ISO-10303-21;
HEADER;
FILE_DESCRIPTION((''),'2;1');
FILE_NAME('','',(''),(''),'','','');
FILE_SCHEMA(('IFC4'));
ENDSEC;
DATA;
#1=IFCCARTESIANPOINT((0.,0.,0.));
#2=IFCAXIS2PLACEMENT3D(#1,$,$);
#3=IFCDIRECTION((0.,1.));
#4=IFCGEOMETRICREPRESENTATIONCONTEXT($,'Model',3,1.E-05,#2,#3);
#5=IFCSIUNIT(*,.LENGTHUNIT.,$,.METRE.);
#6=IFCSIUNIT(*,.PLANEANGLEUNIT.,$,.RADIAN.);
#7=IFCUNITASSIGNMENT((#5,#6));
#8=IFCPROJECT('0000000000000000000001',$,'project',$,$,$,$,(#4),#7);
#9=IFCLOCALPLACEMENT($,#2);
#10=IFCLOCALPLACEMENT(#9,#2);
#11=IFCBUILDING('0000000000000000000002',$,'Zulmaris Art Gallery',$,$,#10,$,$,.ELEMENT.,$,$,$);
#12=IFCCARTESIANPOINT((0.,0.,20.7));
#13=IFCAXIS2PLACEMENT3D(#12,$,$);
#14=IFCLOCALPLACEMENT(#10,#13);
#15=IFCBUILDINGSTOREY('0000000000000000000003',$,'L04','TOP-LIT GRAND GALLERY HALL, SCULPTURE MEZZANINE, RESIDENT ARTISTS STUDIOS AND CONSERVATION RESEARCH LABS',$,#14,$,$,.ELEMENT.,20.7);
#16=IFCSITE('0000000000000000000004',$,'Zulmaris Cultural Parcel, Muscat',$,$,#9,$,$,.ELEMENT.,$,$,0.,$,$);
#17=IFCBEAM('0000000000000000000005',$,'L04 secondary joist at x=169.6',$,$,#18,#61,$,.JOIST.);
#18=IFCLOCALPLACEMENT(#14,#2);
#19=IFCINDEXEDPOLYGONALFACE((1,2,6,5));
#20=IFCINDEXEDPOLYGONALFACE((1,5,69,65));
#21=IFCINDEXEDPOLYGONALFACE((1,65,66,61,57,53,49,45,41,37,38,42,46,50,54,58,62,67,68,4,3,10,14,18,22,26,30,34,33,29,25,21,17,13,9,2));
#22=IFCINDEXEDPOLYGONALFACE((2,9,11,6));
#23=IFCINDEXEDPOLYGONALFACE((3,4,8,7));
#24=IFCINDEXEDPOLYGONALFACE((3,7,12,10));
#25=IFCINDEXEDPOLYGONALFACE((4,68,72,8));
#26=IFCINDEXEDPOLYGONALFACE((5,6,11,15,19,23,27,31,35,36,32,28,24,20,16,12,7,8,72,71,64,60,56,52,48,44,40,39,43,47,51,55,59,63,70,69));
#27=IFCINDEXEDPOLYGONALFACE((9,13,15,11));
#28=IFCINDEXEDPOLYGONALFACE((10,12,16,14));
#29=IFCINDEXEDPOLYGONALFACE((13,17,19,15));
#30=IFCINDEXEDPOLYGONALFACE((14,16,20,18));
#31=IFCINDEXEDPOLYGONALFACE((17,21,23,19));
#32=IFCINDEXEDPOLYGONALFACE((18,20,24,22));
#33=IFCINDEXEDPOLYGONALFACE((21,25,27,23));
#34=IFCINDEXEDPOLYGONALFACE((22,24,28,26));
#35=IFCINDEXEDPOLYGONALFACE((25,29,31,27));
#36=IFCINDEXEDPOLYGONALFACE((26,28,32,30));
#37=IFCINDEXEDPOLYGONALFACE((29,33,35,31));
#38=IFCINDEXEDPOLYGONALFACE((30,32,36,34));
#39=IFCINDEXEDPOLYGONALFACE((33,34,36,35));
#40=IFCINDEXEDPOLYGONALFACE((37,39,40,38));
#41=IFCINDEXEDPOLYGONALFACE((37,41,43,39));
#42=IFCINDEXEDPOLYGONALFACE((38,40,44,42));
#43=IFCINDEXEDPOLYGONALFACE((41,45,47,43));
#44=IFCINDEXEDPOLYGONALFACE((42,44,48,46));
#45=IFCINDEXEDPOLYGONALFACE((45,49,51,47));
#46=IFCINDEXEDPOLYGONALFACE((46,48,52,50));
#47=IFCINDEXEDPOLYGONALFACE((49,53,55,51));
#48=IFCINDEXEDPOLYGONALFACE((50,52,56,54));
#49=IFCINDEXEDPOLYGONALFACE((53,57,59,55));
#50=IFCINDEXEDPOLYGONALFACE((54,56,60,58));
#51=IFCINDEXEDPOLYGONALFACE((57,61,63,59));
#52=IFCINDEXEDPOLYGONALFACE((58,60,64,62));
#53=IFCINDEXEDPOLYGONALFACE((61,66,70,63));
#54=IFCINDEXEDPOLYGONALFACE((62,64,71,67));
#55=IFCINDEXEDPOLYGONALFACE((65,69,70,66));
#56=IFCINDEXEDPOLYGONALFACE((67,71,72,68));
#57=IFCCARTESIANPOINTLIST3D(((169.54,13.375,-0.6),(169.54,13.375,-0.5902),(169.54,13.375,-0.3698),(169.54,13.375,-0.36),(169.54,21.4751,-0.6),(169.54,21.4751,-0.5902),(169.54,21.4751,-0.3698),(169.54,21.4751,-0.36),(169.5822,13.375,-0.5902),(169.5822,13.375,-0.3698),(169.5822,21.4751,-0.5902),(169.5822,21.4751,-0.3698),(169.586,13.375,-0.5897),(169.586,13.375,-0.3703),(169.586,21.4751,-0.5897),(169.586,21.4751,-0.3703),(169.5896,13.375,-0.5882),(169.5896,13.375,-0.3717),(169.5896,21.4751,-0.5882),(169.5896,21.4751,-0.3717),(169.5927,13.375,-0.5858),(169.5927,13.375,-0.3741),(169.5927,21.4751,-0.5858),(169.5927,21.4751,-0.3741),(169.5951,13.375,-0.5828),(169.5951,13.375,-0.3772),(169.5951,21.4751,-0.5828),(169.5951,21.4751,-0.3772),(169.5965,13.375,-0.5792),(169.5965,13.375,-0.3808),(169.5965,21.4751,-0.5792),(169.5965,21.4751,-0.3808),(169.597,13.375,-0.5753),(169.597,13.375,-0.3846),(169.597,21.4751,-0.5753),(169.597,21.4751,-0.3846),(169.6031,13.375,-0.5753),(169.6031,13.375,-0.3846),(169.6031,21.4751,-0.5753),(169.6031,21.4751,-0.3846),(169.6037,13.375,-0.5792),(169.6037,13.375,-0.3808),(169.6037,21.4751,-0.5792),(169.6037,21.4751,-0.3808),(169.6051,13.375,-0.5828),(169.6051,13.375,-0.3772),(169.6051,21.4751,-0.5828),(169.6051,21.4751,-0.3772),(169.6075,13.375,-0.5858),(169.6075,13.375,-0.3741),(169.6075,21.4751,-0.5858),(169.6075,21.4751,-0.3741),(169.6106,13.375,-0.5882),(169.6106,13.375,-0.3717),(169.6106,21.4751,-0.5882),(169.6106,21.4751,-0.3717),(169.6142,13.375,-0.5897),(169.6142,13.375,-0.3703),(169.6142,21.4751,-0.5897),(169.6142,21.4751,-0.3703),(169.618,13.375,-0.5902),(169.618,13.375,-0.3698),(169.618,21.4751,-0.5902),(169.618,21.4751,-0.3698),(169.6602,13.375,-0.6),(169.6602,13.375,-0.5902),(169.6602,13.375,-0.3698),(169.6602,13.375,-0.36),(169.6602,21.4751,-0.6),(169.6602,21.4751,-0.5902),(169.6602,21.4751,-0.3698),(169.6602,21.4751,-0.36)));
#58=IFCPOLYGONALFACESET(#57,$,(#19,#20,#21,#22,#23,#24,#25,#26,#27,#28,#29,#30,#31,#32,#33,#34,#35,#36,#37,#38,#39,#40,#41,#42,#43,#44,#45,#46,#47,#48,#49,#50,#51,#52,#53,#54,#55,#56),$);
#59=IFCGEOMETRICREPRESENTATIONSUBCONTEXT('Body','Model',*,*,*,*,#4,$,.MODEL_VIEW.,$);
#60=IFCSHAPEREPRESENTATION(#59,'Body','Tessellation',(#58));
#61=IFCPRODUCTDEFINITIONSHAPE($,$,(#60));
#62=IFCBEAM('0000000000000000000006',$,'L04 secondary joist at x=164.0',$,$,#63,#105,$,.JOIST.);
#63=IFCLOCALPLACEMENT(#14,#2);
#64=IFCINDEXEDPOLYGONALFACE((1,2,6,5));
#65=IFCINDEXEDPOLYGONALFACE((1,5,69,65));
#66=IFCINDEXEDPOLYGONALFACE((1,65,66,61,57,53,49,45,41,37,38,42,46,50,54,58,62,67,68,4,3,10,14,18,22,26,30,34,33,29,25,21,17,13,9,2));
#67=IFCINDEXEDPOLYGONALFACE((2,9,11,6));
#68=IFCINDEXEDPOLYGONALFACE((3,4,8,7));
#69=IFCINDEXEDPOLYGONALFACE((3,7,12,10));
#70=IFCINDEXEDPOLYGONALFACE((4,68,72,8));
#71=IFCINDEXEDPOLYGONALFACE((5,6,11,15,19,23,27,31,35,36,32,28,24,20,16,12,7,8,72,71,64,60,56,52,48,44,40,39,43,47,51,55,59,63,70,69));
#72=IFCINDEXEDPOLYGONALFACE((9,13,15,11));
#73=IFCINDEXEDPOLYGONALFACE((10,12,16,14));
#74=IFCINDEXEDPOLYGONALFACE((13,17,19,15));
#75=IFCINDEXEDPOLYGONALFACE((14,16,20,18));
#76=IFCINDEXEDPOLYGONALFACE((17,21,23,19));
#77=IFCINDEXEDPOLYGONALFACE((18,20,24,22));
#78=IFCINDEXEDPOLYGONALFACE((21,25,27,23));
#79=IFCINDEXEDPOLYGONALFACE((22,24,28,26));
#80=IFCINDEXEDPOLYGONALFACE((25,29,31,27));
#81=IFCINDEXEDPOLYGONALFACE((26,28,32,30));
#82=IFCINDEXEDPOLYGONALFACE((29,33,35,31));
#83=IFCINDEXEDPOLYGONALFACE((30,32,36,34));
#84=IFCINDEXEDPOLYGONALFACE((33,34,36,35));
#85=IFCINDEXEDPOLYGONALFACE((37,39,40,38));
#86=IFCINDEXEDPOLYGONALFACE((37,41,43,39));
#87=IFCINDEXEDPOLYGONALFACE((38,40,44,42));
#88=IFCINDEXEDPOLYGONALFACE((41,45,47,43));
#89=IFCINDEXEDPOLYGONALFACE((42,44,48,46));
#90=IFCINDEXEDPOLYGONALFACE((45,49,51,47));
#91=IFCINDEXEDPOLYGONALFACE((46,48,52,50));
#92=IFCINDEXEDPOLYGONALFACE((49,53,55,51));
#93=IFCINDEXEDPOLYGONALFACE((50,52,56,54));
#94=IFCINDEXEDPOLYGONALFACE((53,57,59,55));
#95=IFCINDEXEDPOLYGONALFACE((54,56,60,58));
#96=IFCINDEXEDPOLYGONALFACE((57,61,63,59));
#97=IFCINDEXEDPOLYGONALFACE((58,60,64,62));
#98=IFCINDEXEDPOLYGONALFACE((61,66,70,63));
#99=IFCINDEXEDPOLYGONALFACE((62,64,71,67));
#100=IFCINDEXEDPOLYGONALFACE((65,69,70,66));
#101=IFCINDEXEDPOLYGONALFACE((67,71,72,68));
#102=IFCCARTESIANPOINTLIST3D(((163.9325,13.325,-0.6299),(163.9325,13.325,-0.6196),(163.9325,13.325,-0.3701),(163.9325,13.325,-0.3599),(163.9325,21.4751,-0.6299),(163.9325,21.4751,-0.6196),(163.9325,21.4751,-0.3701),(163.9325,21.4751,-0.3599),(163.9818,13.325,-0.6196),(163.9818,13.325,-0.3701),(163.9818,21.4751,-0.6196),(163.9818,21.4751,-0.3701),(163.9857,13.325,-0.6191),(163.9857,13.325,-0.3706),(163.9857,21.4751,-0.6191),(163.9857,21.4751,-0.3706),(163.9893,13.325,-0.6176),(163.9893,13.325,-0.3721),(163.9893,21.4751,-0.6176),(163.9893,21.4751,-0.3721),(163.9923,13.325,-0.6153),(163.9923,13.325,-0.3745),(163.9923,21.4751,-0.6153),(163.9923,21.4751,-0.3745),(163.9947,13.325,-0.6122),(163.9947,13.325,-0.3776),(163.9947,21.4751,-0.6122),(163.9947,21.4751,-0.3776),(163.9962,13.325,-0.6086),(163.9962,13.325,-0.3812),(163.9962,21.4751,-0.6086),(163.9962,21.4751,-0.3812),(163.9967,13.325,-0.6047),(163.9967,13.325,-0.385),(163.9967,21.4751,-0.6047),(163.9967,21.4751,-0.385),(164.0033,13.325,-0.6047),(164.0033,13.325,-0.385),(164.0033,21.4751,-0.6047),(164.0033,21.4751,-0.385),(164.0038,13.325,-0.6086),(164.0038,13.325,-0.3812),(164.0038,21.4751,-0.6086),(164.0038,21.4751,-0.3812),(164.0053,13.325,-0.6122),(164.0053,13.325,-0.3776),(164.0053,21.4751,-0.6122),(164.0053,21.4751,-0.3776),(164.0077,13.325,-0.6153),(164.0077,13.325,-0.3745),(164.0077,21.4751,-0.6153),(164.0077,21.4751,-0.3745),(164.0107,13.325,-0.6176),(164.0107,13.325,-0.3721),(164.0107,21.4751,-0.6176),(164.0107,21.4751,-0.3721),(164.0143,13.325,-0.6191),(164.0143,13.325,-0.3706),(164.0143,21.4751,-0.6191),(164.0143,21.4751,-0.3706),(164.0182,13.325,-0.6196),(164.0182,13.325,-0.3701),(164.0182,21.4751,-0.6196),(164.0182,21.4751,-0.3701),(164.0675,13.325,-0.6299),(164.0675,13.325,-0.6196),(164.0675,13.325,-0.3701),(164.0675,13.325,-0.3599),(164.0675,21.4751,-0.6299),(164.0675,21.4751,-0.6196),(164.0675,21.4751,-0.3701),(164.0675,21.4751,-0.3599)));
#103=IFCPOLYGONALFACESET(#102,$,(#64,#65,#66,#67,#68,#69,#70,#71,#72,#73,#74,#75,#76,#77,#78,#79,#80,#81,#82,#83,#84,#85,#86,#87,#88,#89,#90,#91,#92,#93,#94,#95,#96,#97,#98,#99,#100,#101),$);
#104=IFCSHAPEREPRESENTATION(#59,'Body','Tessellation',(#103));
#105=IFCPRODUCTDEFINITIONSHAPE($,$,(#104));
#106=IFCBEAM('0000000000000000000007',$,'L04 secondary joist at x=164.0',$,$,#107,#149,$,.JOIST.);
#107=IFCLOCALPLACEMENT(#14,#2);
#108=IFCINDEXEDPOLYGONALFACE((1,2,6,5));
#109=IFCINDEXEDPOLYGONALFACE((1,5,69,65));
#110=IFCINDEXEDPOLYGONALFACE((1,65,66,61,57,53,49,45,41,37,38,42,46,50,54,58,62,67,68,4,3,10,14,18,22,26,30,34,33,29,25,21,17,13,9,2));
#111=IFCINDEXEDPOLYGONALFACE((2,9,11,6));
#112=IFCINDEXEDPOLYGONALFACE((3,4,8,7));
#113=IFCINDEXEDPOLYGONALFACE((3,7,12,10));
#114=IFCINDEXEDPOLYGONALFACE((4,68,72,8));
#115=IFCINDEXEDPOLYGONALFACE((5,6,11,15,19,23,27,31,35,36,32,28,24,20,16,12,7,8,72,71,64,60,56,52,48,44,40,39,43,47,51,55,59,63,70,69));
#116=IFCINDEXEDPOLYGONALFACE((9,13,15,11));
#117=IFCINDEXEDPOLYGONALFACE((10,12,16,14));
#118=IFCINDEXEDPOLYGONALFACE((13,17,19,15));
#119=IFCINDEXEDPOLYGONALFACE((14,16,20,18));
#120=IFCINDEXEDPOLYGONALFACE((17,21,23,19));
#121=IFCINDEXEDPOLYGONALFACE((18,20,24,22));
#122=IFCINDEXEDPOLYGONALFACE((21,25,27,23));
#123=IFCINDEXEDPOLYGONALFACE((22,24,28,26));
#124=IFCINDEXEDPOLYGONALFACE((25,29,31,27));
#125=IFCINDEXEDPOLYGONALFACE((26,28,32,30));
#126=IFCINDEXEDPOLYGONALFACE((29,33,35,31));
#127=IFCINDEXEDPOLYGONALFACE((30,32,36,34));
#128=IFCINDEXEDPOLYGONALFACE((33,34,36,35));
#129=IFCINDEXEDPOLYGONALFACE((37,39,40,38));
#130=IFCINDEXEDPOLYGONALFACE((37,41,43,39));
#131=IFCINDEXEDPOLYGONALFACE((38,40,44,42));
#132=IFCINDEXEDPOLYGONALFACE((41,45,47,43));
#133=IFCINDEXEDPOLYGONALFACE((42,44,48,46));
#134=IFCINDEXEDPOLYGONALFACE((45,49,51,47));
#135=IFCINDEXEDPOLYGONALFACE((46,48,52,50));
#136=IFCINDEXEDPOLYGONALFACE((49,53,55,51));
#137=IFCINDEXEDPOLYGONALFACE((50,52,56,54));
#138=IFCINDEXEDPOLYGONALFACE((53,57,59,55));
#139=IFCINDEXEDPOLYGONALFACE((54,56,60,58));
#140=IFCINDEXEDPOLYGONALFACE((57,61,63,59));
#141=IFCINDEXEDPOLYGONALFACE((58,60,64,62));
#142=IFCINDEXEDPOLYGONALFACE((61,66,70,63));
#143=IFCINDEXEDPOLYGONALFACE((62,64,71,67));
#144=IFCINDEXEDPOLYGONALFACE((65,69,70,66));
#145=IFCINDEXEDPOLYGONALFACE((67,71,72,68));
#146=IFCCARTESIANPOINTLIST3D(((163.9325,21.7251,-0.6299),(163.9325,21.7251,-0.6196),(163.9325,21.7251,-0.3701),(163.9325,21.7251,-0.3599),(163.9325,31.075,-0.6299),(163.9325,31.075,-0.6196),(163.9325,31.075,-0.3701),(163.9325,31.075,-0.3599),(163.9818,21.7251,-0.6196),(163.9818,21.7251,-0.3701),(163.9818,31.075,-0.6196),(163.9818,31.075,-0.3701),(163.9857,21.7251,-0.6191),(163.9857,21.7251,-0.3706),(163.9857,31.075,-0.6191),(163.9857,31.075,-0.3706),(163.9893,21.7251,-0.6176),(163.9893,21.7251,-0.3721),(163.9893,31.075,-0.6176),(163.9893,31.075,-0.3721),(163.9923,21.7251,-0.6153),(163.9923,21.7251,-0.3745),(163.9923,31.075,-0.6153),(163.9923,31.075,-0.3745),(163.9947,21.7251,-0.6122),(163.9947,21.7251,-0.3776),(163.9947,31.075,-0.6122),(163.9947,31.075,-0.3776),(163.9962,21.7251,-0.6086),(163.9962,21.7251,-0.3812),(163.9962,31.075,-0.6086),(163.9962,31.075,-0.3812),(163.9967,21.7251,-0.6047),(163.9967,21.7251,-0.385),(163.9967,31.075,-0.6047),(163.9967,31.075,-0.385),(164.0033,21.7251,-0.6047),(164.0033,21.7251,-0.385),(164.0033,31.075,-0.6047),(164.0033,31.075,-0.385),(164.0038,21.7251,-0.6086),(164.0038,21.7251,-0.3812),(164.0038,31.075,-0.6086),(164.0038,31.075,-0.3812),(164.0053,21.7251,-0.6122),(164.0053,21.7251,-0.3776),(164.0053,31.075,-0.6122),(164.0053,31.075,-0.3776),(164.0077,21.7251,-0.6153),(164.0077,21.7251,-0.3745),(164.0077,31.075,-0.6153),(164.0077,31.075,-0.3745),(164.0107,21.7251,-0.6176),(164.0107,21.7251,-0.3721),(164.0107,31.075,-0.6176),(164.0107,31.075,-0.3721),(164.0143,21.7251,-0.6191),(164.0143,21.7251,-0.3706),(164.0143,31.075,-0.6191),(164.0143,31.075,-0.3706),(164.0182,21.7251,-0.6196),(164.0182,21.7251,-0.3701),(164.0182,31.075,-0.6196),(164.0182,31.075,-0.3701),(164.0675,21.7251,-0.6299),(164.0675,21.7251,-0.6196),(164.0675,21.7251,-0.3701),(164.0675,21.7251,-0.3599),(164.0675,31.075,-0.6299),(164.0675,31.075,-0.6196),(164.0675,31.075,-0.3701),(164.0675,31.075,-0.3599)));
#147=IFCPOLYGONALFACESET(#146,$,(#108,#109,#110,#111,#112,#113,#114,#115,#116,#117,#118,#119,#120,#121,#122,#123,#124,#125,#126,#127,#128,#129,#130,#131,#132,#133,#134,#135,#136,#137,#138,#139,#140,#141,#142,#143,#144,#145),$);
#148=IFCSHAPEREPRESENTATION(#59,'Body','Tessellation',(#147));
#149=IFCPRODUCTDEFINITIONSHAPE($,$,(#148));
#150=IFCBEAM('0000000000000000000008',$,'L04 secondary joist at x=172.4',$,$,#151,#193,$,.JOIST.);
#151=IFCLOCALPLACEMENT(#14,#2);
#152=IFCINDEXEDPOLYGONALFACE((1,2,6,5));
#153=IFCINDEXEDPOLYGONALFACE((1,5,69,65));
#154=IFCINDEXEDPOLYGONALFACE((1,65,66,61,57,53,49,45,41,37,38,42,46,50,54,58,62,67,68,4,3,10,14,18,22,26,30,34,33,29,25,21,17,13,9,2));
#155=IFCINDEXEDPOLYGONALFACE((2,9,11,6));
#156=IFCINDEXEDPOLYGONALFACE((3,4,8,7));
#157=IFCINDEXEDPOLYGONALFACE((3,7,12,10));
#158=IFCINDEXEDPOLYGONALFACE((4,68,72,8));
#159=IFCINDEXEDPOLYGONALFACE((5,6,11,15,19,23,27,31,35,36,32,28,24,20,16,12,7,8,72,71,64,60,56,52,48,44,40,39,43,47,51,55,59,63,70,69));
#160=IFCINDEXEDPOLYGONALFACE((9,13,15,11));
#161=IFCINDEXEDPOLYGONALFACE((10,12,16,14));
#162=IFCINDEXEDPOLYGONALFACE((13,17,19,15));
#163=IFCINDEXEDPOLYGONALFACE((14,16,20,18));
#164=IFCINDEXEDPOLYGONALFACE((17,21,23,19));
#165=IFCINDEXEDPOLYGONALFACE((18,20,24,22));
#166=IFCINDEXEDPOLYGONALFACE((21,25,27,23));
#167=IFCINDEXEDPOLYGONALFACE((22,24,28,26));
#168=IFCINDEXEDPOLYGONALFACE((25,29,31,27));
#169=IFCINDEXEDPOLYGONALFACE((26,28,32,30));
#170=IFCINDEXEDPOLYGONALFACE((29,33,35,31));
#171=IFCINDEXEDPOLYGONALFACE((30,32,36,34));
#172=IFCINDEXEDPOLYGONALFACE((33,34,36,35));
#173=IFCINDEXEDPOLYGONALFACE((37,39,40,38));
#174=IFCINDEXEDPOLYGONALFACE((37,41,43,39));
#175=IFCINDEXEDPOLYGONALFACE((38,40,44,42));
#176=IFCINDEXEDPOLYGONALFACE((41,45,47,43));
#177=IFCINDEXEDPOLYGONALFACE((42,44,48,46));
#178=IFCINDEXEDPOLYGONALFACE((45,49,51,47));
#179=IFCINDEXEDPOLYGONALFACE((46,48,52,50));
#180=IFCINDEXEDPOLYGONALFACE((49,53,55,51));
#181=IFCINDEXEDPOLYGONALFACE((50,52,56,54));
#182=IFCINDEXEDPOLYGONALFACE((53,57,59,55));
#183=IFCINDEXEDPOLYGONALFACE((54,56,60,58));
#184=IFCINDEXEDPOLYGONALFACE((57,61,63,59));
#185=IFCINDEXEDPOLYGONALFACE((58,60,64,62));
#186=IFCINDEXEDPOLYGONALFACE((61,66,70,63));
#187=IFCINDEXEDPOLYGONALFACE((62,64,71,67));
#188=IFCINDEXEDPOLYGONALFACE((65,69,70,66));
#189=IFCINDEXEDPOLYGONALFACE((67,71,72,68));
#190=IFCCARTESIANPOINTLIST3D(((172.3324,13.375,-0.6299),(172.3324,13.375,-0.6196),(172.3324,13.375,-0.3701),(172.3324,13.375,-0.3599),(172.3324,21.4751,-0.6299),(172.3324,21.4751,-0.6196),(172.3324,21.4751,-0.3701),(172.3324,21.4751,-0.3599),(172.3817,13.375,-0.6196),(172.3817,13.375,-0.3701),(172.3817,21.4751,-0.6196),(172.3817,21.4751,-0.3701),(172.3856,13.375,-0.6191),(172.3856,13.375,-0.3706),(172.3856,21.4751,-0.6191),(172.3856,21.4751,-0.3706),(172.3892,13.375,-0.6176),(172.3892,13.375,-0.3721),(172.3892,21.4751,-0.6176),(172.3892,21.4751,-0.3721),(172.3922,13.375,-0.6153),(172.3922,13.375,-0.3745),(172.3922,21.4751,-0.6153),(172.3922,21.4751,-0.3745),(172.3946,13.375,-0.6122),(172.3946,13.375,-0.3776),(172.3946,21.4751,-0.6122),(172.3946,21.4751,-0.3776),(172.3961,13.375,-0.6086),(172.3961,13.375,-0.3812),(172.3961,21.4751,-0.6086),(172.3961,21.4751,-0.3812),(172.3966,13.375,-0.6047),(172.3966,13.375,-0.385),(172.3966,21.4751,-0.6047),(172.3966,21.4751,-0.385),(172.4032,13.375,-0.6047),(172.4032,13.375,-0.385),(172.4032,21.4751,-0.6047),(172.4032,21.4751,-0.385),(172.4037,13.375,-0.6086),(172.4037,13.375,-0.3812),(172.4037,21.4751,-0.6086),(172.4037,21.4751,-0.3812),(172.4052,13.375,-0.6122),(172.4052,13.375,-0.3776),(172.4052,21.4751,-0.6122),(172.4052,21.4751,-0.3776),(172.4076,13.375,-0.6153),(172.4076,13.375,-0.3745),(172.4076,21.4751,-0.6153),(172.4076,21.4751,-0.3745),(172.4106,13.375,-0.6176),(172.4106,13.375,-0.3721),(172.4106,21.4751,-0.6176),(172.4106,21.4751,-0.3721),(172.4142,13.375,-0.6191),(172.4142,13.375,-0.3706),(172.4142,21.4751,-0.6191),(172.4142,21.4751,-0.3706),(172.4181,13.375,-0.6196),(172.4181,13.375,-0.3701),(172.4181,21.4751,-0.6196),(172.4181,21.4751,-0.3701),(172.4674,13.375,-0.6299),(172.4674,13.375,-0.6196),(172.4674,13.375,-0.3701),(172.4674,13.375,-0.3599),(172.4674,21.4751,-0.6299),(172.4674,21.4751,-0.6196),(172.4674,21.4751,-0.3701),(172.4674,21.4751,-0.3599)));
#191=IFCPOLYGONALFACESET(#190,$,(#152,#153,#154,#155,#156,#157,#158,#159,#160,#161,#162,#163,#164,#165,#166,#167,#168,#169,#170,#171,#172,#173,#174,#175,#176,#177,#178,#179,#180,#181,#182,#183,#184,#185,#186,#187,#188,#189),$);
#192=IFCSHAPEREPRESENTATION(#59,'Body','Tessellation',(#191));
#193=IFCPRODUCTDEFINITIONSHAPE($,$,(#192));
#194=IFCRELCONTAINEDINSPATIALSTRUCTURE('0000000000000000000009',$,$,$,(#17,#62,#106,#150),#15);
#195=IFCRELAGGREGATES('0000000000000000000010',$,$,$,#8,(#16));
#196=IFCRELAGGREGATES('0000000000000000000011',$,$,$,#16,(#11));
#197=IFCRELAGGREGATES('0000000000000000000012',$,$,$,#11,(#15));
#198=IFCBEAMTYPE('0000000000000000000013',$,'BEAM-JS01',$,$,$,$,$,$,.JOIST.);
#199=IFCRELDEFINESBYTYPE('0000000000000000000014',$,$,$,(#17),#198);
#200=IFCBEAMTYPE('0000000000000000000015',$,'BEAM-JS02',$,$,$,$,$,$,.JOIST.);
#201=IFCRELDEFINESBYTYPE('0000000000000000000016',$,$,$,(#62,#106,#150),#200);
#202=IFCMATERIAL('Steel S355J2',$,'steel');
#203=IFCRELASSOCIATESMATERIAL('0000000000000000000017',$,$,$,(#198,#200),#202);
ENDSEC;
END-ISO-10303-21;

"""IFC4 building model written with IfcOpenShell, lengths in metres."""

from ifc_helpers import new_model, si_unit, direction, frame, origin, origin_2d, place, context, subcontext, project, spatial, i_section, extrude, material, material_profile, profile_set, type_object, element, save


model = new_model("IFC4")

# Units and contexts
model_context = context("Model", 3, precision=1e-05, world=origin(), true_north=direction((0.0, 1.0)))
body_context = subcontext(model_context, "Body", "Model", "MODEL_VIEW")
ifc_project = project(units=[si_unit("LENGTHUNIT", "METRE"), si_unit("PLANEANGLEUNIT", "RADIAN")], contexts=[model_context])

# Site, building, storey
site_placement = place(None, origin())
site = spatial("IfcSite", under=ifc_project, at=site_placement, Name="Zulmaris Cultural Parcel, Muscat", CompositionType="ELEMENT", RefElevation=0.0)
building_placement = place(site_placement, origin())
building = spatial("IfcBuilding", under=site, at=building_placement, Name="Zulmaris Art Gallery", CompositionType="ELEMENT")
storey_placement = place(building_placement, frame((0.0, 0.0, 20.7)))
storey = spatial("IfcBuildingStorey", under=building, at=storey_placement, Name="L04", Description="TOP-LIT GRAND GALLERY HALL, SCULPTURE MEZZANINE, RESIDENT ARTISTS STUDIOS AND CONSERVATION RESEARCH LABS", CompositionType="ELEMENT", Elevation=20.7)

# Beams
ifc_material_1 = material(Name="Steel S355J2", Category="steel")
ifc_material_profile_1 = material_profile(ifc_material_1, i_section(OverallWidth=0.1201, OverallDepth=0.24, WebThickness=0.0061, FlangeThickness=0.0098, FilletRadius=0.0149, at=origin_2d()), Name="IPE 240")
ifc_profile_set_1 = profile_set([ifc_material_profile_1], Name="Steel S355J2")
beam_type_1 = type_object("IfcBeamType", Name="BEAM-JS01", PredefinedType="JOIST", material=ifc_profile_set_1)
beam_1_placement = place(storey_placement, frame((169.6001, 13.375, -0.48), z_axis=(0.0, 1.0, 0.0), x_axis=(-1.0, 0.0, 0.0)))
element("IfcBeam", 1, at=beam_1_placement, inside=storey, type_object=beam_type_1, Name="L04 secondary joist at x=169.6", PredefinedType="JOIST", context=body_context, shape_type="SweptSolid", body=[
    extrude(i_section(OverallWidth=0.1201, OverallDepth=0.24, WebThickness=0.0061, FlangeThickness=0.0098, FilletRadius=0.0149, at=origin_2d()), origin(), (0.0, 0.0, 1.0), 8.1001),
])
ifc_material_profile_2 = material_profile(ifc_material_1, i_section(OverallWidth=0.135, OverallDepth=0.27, WebThickness=0.0066, FlangeThickness=0.0103, FilletRadius=0.0149, at=origin_2d()), Name="IPE 270")
ifc_profile_set_2 = profile_set([ifc_material_profile_2], Name="Steel S355J2")
beam_type_2 = type_object("IfcBeamType", Name="BEAM-JS02", PredefinedType="JOIST", material=ifc_profile_set_2)
beam_2_placement = place(storey_placement, frame((164.0, 13.325, -0.4949), z_axis=(0.0, 1.0, 0.0), x_axis=(-1.0, 0.0, 0.0)))
element("IfcBeam", 2, at=beam_2_placement, inside=storey, type_object=beam_type_2, Name="L04 secondary joist at x=164.0", PredefinedType="JOIST", context=body_context, shape_type="SweptSolid", body=[
    extrude(i_section(OverallWidth=0.135, OverallDepth=0.27, WebThickness=0.0066, FlangeThickness=0.0103, FilletRadius=0.0149, at=origin_2d()), origin(), (0.0, 0.0, 1.0), 8.1501),
])
beam_3_placement = place(storey_placement, frame((164.0, 21.7251, -0.4949), z_axis=(0.0, 1.0, 0.0), x_axis=(-1.0, 0.0, 0.0)))
element("IfcBeam", 3, at=beam_3_placement, inside=storey, type_object=beam_type_2, Name="L04 secondary joist at x=164.0", PredefinedType="JOIST", context=body_context, shape_type="SweptSolid", body=[
    extrude(i_section(OverallWidth=0.135, OverallDepth=0.27, WebThickness=0.0066, FlangeThickness=0.0103, FilletRadius=0.0149, at=origin_2d()), origin(), (0.0, 0.0, 1.0), 9.3499),
])
beam_4_placement = place(storey_placement, frame((172.3999, 13.375, -0.4949), z_axis=(0.0, 1.0, 0.0), x_axis=(-1.0, 0.0, 0.0)))
element("IfcBeam", 4, at=beam_4_placement, inside=storey, type_object=beam_type_2, Name="L04 secondary joist at x=172.4", PredefinedType="JOIST", context=body_context, shape_type="SweptSolid", body=[
    extrude(i_section(OverallWidth=0.135, OverallDepth=0.27, WebThickness=0.0066, FlangeThickness=0.0103, FilletRadius=0.0149, at=origin_2d()), origin(), (0.0, 0.0, 1.0), 8.1001),
])

save(model, "model.ifc")
